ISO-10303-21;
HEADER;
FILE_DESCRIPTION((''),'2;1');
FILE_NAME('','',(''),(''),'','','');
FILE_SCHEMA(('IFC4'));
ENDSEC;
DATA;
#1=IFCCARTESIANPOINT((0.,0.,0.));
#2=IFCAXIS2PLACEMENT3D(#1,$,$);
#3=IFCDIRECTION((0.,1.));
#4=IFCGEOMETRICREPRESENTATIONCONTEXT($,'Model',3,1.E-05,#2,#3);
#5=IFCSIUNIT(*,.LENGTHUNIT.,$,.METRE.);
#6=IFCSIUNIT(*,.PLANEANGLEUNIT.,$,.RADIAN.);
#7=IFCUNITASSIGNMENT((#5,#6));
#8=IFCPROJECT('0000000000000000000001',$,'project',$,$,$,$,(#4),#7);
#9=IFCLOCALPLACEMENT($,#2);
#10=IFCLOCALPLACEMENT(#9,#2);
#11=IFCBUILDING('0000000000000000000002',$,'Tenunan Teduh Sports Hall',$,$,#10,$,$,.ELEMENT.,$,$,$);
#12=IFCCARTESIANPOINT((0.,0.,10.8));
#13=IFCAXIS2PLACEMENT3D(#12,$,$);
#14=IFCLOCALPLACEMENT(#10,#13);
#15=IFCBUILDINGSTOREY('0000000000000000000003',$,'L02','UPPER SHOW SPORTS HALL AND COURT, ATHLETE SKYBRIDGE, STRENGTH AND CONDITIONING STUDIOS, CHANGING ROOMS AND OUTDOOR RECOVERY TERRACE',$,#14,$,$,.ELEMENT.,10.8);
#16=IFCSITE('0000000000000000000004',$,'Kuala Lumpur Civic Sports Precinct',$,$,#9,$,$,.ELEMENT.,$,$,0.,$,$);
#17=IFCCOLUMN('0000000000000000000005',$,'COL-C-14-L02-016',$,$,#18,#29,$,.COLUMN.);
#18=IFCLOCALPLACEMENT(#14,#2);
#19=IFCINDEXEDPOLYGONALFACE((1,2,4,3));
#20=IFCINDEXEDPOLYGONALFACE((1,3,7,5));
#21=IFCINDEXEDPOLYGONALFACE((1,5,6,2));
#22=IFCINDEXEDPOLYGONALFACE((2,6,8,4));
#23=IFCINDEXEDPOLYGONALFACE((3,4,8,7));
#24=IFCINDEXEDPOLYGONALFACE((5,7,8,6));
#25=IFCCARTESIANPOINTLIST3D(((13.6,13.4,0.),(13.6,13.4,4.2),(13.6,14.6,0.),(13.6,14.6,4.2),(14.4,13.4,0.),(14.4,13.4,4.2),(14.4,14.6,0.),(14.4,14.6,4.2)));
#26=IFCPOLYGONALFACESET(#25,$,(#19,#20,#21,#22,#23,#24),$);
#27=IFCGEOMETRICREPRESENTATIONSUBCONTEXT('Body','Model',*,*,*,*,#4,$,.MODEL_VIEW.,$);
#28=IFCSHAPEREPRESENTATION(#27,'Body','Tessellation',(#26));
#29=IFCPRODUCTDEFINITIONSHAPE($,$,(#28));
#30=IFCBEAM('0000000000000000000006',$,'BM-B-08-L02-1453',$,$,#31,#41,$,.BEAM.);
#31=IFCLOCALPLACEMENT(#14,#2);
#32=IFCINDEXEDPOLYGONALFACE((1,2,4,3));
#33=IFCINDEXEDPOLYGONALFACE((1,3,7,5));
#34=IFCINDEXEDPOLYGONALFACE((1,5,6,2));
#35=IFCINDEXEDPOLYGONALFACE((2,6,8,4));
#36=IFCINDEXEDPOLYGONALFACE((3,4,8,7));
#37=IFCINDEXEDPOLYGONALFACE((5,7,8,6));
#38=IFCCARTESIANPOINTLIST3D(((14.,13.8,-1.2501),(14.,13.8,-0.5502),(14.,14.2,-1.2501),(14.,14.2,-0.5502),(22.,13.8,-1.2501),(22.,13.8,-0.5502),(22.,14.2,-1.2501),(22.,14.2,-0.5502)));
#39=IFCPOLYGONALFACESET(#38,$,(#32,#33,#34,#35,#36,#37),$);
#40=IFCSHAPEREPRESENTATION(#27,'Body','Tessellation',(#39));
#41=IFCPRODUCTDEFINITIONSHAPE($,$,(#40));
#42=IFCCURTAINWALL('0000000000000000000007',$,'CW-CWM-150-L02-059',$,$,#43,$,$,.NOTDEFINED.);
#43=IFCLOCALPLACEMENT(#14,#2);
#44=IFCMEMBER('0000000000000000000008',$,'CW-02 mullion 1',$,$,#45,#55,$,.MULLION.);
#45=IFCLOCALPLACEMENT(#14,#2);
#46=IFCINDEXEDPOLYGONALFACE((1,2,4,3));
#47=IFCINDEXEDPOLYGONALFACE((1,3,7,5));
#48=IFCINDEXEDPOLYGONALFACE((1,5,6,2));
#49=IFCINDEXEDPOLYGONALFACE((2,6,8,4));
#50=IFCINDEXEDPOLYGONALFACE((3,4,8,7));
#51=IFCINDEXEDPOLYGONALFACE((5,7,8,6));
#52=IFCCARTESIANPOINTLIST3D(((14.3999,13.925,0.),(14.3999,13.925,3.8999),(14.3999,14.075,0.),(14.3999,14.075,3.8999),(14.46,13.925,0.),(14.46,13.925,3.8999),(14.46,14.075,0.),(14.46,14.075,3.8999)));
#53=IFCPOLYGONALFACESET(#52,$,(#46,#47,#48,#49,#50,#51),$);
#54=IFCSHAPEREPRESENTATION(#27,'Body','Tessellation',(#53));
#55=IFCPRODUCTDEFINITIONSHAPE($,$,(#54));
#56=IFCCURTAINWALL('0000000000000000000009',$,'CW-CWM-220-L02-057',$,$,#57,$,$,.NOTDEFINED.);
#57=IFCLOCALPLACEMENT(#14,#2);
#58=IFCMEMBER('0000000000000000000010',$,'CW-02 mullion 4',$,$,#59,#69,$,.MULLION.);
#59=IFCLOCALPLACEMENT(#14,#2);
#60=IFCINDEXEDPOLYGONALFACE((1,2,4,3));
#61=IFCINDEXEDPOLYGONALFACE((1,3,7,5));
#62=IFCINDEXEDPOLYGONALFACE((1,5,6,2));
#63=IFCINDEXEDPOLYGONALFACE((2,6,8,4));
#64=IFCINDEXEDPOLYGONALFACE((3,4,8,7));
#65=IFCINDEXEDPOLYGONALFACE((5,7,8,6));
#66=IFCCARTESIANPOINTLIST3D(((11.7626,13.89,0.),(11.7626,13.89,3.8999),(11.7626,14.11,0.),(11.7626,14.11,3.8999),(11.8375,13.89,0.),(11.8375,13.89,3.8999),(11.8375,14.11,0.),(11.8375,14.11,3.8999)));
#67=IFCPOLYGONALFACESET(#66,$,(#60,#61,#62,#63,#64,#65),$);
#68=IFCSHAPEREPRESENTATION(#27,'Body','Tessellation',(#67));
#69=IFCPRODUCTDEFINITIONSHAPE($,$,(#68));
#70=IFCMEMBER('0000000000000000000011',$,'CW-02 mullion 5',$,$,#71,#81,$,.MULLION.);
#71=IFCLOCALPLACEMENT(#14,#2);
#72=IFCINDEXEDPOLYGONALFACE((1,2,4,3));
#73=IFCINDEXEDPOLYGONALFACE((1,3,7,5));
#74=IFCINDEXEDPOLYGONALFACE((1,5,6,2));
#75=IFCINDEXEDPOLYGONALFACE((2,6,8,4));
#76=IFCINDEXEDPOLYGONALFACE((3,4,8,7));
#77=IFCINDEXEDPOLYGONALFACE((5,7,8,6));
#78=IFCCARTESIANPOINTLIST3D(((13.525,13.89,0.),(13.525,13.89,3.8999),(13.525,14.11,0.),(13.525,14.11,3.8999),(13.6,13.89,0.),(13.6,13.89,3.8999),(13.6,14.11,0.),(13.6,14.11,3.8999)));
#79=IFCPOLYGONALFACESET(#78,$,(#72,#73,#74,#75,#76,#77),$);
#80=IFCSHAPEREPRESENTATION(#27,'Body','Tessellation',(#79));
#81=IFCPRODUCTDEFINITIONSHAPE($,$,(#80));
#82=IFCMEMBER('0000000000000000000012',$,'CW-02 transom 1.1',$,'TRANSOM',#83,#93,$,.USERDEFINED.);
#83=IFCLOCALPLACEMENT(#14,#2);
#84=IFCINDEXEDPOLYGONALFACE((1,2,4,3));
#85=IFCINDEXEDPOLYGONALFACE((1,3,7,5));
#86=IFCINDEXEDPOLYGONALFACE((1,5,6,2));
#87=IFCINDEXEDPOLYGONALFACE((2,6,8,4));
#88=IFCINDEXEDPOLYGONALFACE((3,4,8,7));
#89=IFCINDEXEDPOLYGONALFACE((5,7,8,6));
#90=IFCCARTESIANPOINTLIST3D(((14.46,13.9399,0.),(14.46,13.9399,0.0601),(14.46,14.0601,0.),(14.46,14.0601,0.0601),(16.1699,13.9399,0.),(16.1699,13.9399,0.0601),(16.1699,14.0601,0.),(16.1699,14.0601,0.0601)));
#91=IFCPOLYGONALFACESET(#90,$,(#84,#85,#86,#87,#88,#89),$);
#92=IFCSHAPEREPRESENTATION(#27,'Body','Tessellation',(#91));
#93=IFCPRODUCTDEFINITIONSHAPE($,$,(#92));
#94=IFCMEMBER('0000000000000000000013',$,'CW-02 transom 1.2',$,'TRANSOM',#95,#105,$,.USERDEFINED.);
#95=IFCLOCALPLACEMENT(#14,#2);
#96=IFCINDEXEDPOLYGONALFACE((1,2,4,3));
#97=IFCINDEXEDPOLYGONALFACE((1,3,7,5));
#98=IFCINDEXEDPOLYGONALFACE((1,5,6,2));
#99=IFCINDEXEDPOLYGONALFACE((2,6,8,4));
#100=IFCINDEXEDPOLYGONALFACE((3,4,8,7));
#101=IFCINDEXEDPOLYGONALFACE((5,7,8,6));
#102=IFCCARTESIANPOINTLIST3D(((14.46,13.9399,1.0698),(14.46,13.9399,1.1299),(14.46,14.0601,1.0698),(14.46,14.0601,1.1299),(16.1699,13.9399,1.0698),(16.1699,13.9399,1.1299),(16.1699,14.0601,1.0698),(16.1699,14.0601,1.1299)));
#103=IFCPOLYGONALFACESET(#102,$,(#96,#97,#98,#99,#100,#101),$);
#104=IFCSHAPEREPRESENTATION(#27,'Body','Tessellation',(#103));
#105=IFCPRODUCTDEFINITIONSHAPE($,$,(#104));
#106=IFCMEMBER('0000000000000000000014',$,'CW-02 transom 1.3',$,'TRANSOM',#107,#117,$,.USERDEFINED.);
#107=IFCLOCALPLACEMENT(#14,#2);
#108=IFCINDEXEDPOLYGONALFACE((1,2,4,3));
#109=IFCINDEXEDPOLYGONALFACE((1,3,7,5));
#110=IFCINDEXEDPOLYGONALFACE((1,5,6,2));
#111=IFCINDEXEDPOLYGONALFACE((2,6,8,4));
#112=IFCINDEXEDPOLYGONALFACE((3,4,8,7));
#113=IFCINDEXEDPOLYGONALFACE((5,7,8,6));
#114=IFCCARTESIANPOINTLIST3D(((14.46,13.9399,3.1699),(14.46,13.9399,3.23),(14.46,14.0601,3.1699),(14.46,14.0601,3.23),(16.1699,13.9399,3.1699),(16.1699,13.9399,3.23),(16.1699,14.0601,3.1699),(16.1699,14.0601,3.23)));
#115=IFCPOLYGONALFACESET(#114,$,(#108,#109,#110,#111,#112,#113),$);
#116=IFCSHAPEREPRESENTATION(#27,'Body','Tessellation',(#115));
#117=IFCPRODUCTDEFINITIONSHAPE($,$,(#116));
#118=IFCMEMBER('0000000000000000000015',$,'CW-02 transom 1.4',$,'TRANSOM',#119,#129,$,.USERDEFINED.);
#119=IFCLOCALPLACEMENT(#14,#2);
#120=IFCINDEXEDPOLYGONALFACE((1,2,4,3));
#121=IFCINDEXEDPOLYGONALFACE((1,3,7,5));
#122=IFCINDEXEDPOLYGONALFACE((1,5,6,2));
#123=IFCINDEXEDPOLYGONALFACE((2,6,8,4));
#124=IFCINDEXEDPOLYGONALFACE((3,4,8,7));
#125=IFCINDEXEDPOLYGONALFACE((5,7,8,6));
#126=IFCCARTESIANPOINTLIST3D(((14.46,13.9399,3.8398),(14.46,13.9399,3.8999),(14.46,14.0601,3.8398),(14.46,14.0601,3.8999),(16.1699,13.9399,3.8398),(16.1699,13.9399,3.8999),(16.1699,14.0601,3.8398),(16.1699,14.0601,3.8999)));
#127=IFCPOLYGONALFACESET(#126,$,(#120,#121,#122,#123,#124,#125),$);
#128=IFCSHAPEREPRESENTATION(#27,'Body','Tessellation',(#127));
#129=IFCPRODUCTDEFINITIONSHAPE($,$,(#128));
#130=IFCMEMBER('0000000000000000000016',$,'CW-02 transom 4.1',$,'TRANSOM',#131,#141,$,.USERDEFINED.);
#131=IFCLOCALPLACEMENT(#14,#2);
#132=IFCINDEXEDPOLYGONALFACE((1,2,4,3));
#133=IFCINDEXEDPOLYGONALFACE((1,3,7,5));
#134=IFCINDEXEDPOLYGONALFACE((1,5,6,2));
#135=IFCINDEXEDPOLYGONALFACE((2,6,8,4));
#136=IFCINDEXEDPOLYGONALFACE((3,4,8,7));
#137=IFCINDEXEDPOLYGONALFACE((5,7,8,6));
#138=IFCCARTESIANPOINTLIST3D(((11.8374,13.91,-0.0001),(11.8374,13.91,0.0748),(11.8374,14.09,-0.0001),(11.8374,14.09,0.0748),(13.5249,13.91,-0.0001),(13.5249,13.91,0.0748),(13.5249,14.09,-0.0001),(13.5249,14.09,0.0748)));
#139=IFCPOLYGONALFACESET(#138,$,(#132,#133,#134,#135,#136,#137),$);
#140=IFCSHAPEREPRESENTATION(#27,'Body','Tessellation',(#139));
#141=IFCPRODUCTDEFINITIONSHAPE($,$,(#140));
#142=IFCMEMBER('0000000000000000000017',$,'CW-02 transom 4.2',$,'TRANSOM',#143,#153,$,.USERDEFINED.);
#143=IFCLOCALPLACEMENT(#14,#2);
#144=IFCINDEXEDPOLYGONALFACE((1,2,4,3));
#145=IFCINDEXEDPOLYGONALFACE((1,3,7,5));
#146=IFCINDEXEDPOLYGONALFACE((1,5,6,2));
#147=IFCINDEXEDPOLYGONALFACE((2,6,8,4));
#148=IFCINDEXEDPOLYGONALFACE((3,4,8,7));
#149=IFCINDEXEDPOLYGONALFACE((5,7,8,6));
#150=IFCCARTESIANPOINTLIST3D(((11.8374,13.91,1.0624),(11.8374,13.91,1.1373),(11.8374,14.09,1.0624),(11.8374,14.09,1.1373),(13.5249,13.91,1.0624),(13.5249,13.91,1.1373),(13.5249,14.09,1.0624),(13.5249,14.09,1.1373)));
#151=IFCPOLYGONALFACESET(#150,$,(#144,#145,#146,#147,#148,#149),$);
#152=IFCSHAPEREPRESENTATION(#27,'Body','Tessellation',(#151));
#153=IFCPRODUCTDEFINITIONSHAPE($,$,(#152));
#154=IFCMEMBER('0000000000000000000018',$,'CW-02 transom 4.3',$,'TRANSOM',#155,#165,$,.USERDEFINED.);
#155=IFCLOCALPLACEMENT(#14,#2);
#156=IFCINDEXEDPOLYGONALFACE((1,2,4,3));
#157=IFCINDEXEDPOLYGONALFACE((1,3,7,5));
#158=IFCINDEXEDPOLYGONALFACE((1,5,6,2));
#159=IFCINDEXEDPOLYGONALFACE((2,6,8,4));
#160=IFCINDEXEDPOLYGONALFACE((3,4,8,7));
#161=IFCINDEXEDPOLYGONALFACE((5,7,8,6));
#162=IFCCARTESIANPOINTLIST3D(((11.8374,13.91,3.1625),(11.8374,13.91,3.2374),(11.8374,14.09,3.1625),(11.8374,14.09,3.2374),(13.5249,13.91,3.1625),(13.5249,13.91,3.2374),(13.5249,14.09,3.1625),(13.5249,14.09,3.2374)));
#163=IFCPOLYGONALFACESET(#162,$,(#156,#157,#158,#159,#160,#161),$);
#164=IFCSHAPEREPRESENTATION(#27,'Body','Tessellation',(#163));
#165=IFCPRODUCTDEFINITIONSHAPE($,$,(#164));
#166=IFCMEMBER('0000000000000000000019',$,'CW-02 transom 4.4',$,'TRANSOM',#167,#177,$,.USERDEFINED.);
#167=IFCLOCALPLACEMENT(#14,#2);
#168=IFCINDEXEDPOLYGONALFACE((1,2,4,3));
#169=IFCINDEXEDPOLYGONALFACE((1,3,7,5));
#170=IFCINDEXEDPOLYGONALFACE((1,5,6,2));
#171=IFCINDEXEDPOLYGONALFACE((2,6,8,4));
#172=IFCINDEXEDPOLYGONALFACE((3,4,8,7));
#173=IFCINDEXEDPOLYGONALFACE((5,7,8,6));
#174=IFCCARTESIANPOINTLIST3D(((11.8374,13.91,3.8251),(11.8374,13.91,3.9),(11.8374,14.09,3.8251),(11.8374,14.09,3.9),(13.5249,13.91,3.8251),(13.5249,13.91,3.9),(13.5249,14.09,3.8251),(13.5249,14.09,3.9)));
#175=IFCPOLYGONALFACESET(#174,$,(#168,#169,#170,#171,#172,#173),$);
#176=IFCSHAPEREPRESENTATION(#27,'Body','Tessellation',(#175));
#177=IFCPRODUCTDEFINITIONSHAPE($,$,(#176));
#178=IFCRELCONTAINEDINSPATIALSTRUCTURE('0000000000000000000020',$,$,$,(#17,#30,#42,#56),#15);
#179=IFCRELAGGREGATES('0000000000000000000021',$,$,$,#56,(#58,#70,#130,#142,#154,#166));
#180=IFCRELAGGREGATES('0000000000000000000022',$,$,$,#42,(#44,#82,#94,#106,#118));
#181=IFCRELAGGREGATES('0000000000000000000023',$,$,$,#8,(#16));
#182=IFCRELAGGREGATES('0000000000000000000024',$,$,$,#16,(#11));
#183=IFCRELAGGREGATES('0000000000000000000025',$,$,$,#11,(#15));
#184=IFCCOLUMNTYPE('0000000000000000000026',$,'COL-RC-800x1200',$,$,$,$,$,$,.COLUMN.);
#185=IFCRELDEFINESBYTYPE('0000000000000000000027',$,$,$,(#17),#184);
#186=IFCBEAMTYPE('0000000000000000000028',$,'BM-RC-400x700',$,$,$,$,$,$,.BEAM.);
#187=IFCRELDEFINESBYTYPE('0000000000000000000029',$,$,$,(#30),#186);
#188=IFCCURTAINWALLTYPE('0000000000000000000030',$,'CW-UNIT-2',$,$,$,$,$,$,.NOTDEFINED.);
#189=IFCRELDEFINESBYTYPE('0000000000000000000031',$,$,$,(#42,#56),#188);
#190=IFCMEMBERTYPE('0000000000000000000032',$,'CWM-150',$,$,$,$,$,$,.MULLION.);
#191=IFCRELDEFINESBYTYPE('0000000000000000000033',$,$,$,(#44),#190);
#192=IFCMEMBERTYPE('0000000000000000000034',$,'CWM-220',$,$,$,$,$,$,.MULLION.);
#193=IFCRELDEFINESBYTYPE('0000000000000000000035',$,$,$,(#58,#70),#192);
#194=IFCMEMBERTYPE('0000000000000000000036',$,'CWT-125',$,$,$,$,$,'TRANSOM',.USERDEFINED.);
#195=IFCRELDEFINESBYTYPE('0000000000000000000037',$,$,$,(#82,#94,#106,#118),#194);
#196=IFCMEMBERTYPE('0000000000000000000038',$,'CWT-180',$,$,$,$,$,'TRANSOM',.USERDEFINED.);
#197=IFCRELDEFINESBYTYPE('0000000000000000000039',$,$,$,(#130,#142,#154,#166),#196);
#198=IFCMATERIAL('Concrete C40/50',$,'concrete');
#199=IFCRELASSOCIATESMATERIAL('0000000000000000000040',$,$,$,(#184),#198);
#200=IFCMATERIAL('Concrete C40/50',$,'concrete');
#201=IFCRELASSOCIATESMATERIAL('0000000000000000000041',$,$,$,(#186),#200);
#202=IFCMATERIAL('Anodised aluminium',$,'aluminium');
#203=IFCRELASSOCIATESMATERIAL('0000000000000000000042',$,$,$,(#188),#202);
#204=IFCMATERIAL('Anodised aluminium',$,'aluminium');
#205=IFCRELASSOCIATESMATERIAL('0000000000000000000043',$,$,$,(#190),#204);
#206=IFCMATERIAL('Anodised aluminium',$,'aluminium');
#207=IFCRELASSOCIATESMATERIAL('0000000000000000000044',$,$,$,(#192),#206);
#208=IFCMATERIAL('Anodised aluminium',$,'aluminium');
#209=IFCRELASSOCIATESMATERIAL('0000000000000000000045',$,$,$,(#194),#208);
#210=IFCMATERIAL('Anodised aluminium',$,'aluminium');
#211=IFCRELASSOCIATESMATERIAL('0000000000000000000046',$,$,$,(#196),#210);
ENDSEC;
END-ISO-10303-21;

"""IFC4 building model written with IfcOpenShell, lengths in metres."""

from ifc_helpers import new_model, si_unit, direction, frame, origin, origin_2d, place, context, subcontext, project, spatial, rectangle, extrude, material, material_profile, profile_set, type_object, element, aggregate, save


model = new_model("IFC4")

# Units and contexts
model_context = context("Model", 3, precision=1e-05, world=origin(), true_north=direction((0.0, 1.0)))
body_context = subcontext(model_context, "Body", "Model", "MODEL_VIEW")
ifc_project = project(units=[si_unit("LENGTHUNIT", "METRE"), si_unit("PLANEANGLEUNIT", "RADIAN")], contexts=[model_context])

# Site, building, storey
site_placement = place(None, origin())
site = spatial("IfcSite", under=ifc_project, at=site_placement, Name="Kuala Lumpur Civic Sports Precinct", CompositionType="ELEMENT", RefElevation=0.0)
building_placement = place(site_placement, origin())
building = spatial("IfcBuilding", under=site, at=building_placement, Name="Tenunan Teduh Sports Hall", CompositionType="ELEMENT")
storey_placement = place(building_placement, frame((0.0, 0.0, 10.8)))
storey = spatial("IfcBuildingStorey", under=building, at=storey_placement, Name="L02", Description="UPPER SHOW SPORTS HALL AND COURT, ATHLETE SKYBRIDGE, STRENGTH AND CONDITIONING STUDIOS, CHANGING ROOMS AND OUTDOOR RECOVERY TERRACE", CompositionType="ELEMENT", Elevation=10.8)

# Column
ifc_material_1 = material(Name="Concrete C40/50", Category="concrete")
ifc_material_profile_1 = material_profile(ifc_material_1, rectangle(XDim=0.8, YDim=1.2, at=origin_2d()), Name="RC 800x1200")
ifc_profile_set_1 = profile_set([ifc_material_profile_1], Name="Concrete C40/50")
column_type = type_object("IfcColumnType", Name="COL-RC-800x1200", PredefinedType="COLUMN", material=ifc_profile_set_1)
column_placement = place(storey_placement, frame((14.0, 14.0, 0.0), z_axis=(0.0, 0.0, 1.0), x_axis=(1.0, 0.0, 0.0)))
element("IfcColumn", 1, at=column_placement, inside=storey, type_object=column_type, Name="COL-C-14-L02-016", PredefinedType="COLUMN", context=body_context, shape_type="SweptSolid", body=[
    extrude(rectangle(XDim=0.8, YDim=1.2, at=origin_2d()), origin(), (0.0, 0.0, 1.0), 4.2),
])

# Beam
ifc_material_2 = material(Name="Concrete C40/50", Category="concrete")
ifc_material_profile_2 = material_profile(ifc_material_2, rectangle(XDim=0.3999, YDim=0.7, at=origin_2d()), Name="RCB 400x700")
ifc_profile_set_2 = profile_set([ifc_material_profile_2], Name="Concrete C40/50")
beam_type_1 = type_object("IfcBeamType", Name="BM-RC-400x700", PredefinedType="BEAM", material=ifc_profile_set_2)
beam_1_placement = place(storey_placement, frame((14.0, 14.0, -0.9001), z_axis=(1.0, 0.0, 0.0), x_axis=(0.0, 1.0, 0.0)))
element("IfcBeam", 2, at=beam_1_placement, inside=storey, type_object=beam_type_1, Name="BM-B-08-L02-1453", PredefinedType="BEAM", context=body_context, shape_type="SweptSolid", body=[
    extrude(rectangle(XDim=0.3999, YDim=0.7, at=origin_2d()), origin(), (0.0, 0.0, 1.0), 8.0),
])

# Curtain wall, member
ifc_material_3 = material(Name="Anodised aluminium", Category="aluminium")
curtain_wall_type = type_object("IfcCurtainWallType", Name="CW-UNIT-2", PredefinedType="NOTDEFINED", material=ifc_material_3)
curtain_wall_1_placement = place(storey_placement, origin())
curtain_wall_1 = element("IfcCurtainWall", 3, at=curtain_wall_1_placement, inside=storey, type_object=curtain_wall_type, Name="CW-CWM-150-L02-059", PredefinedType="NOTDEFINED")
ifc_material_4 = material(Name="Anodised aluminium", Category="aluminium")
ifc_material_profile_3 = material_profile(ifc_material_4, rectangle(XDim=0.0601, YDim=0.1499, at=origin_2d()), Name="CWM 60x150")
ifc_profile_set_3 = profile_set([ifc_material_profile_3], Name="Anodised aluminium")
member_type_1 = type_object("IfcMemberType", Name="CWM-150", PredefinedType="MULLION", material=ifc_profile_set_3)
member_1_placement = place(storey_placement, frame((14.4299, 14.0, 0.0), z_axis=(0.0, 0.0, 1.0), x_axis=(1.0, 0.0, 0.0)))
member_1 = element("IfcMember", 4, at=member_1_placement, type_object=member_type_1, Name="CW-02 mullion 1", PredefinedType="MULLION", context=body_context, shape_type="SweptSolid", body=[
    extrude(rectangle(XDim=0.0601, YDim=0.1499, at=origin_2d()), origin(), (0.0, 0.0, 1.0), 3.8999),
])

# Curtain wall, members
curtain_wall_2_placement = place(storey_placement, origin())
curtain_wall_2 = element("IfcCurtainWall", 5, at=curtain_wall_2_placement, inside=storey, type_object=curtain_wall_type, Name="CW-CWM-220-L02-057", PredefinedType="NOTDEFINED")
ifc_material_5 = material(Name="Anodised aluminium", Category="aluminium")
ifc_material_profile_4 = material_profile(ifc_material_5, rectangle(XDim=0.075, YDim=0.22, at=origin_2d()), Name="CWM 75x220")
ifc_profile_set_4 = profile_set([ifc_material_profile_4], Name="Anodised aluminium")
member_type_2 = type_object("IfcMemberType", Name="CWM-220", PredefinedType="MULLION", material=ifc_profile_set_4)
member_2_placement = place(storey_placement, frame((11.8, 14.0, 0.0), z_axis=(0.0, 0.0, 1.0), x_axis=(1.0, 0.0, 0.0)))
member_2 = element("IfcMember", 6, at=member_2_placement, type_object=member_type_2, Name="CW-02 mullion 4", PredefinedType="MULLION", context=body_context, shape_type="SweptSolid", body=[
    extrude(rectangle(XDim=0.075, YDim=0.22, at=origin_2d()), origin(), (0.0, 0.0, 1.0), 3.8999),
])
member_3_placement = place(storey_placement, frame((13.5625, 14.0, 0.0), z_axis=(0.0, 0.0, 1.0), x_axis=(1.0, 0.0, 0.0)))
member_3 = element("IfcMember", 7, at=member_3_placement, type_object=member_type_2, Name="CW-02 mullion 5", PredefinedType="MULLION", context=body_context, shape_type="SweptSolid", body=[
    extrude(rectangle(XDim=0.075, YDim=0.22, at=origin_2d()), origin(), (0.0, 0.0, 1.0), 3.8999),
])

# Members
ifc_material_6 = material(Name="Anodised aluminium", Category="aluminium")
ifc_material_profile_5 = material_profile(ifc_material_6, rectangle(XDim=0.0601, YDim=0.1201, at=origin_2d()), Name="CWT 60x120")
ifc_profile_set_5 = profile_set([ifc_material_profile_5], Name="Anodised aluminium")
member_type_3 = type_object("IfcMemberType", Name="CWT-125", ElementType="TRANSOM", PredefinedType="USERDEFINED", material=ifc_profile_set_5)
member_4_placement = place(storey_placement, frame((14.46, 14.0, 0.03), z_axis=(1.0, 0.0, 0.0), x_axis=(0.0, 0.0, 1.0)))
member_4 = element("IfcMember", 8, at=member_4_placement, type_object=member_type_3, Name="CW-02 transom 1.1", ObjectType="TRANSOM", PredefinedType="USERDEFINED", context=body_context, shape_type="SweptSolid", body=[
    extrude(rectangle(XDim=0.0601, YDim=0.1201, at=origin_2d()), origin(), (0.0, 0.0, 1.0), 1.71),
])
member_5_placement = place(storey_placement, frame((14.46, 14.0, 1.0999), z_axis=(1.0, 0.0, 0.0), x_axis=(0.0, 0.0, 1.0)))
member_5 = element("IfcMember", 9, at=member_5_placement, type_object=member_type_3, Name="CW-02 transom 1.2", ObjectType="TRANSOM", PredefinedType="USERDEFINED", context=body_context, shape_type="SweptSolid", body=[
    extrude(rectangle(XDim=0.0601, YDim=0.1201, at=origin_2d()), origin(), (0.0, 0.0, 1.0), 1.71),
])
member_6_placement = place(storey_placement, frame((14.46, 14.0, 3.2), z_axis=(1.0, 0.0, 0.0), x_axis=(0.0, 0.0, 1.0)))
member_6 = element("IfcMember", 10, at=member_6_placement, type_object=member_type_3, Name="CW-02 transom 1.3", ObjectType="TRANSOM", PredefinedType="USERDEFINED", context=body_context, shape_type="SweptSolid", body=[
    extrude(rectangle(XDim=0.0601, YDim=0.1201, at=origin_2d()), origin(), (0.0, 0.0, 1.0), 1.71),
])
member_7_placement = place(storey_placement, frame((14.46, 14.0, 3.8699), z_axis=(1.0, 0.0, 0.0), x_axis=(0.0, 0.0, 1.0)))
member_7 = element("IfcMember", 11, at=member_7_placement, type_object=member_type_3, Name="CW-02 transom 1.4", ObjectType="TRANSOM", PredefinedType="USERDEFINED", context=body_context, shape_type="SweptSolid", body=[
    extrude(rectangle(XDim=0.0601, YDim=0.1201, at=origin_2d()), origin(), (0.0, 0.0, 1.0), 1.71),
])
ifc_material_7 = material(Name="Anodised aluminium", Category="aluminium")
ifc_material_profile_6 = material_profile(ifc_material_7, rectangle(XDim=0.075, YDim=0.1799, at=origin_2d()), Name="CWT 75x180")
ifc_profile_set_6 = profile_set([ifc_material_profile_6], Name="Anodised aluminium")
member_type_4 = type_object("IfcMemberType", Name="CWT-180", ElementType="TRANSOM", PredefinedType="USERDEFINED", material=ifc_profile_set_6)
member_8_placement = place(storey_placement, frame((11.8374, 14.0, 0.0374), z_axis=(1.0, 0.0, 0.0), x_axis=(0.0, 0.0, 1.0)))
member_8 = element("IfcMember", 12, at=member_8_placement, type_object=member_type_4, Name="CW-02 transom 4.1", ObjectType="TRANSOM", PredefinedType="USERDEFINED", context=body_context, shape_type="SweptSolid", body=[
    extrude(rectangle(XDim=0.075, YDim=0.1799, at=origin_2d()), origin(), (0.0, 0.0, 1.0), 1.6875),
])
member_9_placement = place(storey_placement, frame((11.8374, 14.0, 1.0999), z_axis=(1.0, 0.0, 0.0), x_axis=(0.0, 0.0, 1.0)))
member_9 = element("IfcMember", 13, at=member_9_placement, type_object=member_type_4, Name="CW-02 transom 4.2", ObjectType="TRANSOM", PredefinedType="USERDEFINED", context=body_context, shape_type="SweptSolid", body=[
    extrude(rectangle(XDim=0.075, YDim=0.1799, at=origin_2d()), origin(), (0.0, 0.0, 1.0), 1.6875),
])
member_10_placement = place(storey_placement, frame((11.8374, 14.0, 3.2), z_axis=(1.0, 0.0, 0.0), x_axis=(0.0, 0.0, 1.0)))
member_10 = element("IfcMember", 14, at=member_10_placement, type_object=member_type_4, Name="CW-02 transom 4.3", ObjectType="TRANSOM", PredefinedType="USERDEFINED", context=body_context, shape_type="SweptSolid", body=[
    extrude(rectangle(XDim=0.075, YDim=0.1799, at=origin_2d()), origin(), (0.0, 0.0, 1.0), 1.6875),
])
member_11_placement = place(storey_placement, frame((11.8374, 14.0, 3.8625), z_axis=(1.0, 0.0, 0.0), x_axis=(0.0, 0.0, 1.0)))
member_11 = element("IfcMember", 15, at=member_11_placement, type_object=member_type_4, Name="CW-02 transom 4.4", ObjectType="TRANSOM", PredefinedType="USERDEFINED", context=body_context, shape_type="SweptSolid", body=[
    extrude(rectangle(XDim=0.075, YDim=0.1799, at=origin_2d()), origin(), (0.0, 0.0, 1.0), 1.6875),
])

aggregate(curtain_wall_2, [member_2, member_3, member_8, member_9, member_10, member_11])
aggregate(curtain_wall_1, [member_1, member_4, member_5, member_6, member_7])

save(model, "model.ifc")
